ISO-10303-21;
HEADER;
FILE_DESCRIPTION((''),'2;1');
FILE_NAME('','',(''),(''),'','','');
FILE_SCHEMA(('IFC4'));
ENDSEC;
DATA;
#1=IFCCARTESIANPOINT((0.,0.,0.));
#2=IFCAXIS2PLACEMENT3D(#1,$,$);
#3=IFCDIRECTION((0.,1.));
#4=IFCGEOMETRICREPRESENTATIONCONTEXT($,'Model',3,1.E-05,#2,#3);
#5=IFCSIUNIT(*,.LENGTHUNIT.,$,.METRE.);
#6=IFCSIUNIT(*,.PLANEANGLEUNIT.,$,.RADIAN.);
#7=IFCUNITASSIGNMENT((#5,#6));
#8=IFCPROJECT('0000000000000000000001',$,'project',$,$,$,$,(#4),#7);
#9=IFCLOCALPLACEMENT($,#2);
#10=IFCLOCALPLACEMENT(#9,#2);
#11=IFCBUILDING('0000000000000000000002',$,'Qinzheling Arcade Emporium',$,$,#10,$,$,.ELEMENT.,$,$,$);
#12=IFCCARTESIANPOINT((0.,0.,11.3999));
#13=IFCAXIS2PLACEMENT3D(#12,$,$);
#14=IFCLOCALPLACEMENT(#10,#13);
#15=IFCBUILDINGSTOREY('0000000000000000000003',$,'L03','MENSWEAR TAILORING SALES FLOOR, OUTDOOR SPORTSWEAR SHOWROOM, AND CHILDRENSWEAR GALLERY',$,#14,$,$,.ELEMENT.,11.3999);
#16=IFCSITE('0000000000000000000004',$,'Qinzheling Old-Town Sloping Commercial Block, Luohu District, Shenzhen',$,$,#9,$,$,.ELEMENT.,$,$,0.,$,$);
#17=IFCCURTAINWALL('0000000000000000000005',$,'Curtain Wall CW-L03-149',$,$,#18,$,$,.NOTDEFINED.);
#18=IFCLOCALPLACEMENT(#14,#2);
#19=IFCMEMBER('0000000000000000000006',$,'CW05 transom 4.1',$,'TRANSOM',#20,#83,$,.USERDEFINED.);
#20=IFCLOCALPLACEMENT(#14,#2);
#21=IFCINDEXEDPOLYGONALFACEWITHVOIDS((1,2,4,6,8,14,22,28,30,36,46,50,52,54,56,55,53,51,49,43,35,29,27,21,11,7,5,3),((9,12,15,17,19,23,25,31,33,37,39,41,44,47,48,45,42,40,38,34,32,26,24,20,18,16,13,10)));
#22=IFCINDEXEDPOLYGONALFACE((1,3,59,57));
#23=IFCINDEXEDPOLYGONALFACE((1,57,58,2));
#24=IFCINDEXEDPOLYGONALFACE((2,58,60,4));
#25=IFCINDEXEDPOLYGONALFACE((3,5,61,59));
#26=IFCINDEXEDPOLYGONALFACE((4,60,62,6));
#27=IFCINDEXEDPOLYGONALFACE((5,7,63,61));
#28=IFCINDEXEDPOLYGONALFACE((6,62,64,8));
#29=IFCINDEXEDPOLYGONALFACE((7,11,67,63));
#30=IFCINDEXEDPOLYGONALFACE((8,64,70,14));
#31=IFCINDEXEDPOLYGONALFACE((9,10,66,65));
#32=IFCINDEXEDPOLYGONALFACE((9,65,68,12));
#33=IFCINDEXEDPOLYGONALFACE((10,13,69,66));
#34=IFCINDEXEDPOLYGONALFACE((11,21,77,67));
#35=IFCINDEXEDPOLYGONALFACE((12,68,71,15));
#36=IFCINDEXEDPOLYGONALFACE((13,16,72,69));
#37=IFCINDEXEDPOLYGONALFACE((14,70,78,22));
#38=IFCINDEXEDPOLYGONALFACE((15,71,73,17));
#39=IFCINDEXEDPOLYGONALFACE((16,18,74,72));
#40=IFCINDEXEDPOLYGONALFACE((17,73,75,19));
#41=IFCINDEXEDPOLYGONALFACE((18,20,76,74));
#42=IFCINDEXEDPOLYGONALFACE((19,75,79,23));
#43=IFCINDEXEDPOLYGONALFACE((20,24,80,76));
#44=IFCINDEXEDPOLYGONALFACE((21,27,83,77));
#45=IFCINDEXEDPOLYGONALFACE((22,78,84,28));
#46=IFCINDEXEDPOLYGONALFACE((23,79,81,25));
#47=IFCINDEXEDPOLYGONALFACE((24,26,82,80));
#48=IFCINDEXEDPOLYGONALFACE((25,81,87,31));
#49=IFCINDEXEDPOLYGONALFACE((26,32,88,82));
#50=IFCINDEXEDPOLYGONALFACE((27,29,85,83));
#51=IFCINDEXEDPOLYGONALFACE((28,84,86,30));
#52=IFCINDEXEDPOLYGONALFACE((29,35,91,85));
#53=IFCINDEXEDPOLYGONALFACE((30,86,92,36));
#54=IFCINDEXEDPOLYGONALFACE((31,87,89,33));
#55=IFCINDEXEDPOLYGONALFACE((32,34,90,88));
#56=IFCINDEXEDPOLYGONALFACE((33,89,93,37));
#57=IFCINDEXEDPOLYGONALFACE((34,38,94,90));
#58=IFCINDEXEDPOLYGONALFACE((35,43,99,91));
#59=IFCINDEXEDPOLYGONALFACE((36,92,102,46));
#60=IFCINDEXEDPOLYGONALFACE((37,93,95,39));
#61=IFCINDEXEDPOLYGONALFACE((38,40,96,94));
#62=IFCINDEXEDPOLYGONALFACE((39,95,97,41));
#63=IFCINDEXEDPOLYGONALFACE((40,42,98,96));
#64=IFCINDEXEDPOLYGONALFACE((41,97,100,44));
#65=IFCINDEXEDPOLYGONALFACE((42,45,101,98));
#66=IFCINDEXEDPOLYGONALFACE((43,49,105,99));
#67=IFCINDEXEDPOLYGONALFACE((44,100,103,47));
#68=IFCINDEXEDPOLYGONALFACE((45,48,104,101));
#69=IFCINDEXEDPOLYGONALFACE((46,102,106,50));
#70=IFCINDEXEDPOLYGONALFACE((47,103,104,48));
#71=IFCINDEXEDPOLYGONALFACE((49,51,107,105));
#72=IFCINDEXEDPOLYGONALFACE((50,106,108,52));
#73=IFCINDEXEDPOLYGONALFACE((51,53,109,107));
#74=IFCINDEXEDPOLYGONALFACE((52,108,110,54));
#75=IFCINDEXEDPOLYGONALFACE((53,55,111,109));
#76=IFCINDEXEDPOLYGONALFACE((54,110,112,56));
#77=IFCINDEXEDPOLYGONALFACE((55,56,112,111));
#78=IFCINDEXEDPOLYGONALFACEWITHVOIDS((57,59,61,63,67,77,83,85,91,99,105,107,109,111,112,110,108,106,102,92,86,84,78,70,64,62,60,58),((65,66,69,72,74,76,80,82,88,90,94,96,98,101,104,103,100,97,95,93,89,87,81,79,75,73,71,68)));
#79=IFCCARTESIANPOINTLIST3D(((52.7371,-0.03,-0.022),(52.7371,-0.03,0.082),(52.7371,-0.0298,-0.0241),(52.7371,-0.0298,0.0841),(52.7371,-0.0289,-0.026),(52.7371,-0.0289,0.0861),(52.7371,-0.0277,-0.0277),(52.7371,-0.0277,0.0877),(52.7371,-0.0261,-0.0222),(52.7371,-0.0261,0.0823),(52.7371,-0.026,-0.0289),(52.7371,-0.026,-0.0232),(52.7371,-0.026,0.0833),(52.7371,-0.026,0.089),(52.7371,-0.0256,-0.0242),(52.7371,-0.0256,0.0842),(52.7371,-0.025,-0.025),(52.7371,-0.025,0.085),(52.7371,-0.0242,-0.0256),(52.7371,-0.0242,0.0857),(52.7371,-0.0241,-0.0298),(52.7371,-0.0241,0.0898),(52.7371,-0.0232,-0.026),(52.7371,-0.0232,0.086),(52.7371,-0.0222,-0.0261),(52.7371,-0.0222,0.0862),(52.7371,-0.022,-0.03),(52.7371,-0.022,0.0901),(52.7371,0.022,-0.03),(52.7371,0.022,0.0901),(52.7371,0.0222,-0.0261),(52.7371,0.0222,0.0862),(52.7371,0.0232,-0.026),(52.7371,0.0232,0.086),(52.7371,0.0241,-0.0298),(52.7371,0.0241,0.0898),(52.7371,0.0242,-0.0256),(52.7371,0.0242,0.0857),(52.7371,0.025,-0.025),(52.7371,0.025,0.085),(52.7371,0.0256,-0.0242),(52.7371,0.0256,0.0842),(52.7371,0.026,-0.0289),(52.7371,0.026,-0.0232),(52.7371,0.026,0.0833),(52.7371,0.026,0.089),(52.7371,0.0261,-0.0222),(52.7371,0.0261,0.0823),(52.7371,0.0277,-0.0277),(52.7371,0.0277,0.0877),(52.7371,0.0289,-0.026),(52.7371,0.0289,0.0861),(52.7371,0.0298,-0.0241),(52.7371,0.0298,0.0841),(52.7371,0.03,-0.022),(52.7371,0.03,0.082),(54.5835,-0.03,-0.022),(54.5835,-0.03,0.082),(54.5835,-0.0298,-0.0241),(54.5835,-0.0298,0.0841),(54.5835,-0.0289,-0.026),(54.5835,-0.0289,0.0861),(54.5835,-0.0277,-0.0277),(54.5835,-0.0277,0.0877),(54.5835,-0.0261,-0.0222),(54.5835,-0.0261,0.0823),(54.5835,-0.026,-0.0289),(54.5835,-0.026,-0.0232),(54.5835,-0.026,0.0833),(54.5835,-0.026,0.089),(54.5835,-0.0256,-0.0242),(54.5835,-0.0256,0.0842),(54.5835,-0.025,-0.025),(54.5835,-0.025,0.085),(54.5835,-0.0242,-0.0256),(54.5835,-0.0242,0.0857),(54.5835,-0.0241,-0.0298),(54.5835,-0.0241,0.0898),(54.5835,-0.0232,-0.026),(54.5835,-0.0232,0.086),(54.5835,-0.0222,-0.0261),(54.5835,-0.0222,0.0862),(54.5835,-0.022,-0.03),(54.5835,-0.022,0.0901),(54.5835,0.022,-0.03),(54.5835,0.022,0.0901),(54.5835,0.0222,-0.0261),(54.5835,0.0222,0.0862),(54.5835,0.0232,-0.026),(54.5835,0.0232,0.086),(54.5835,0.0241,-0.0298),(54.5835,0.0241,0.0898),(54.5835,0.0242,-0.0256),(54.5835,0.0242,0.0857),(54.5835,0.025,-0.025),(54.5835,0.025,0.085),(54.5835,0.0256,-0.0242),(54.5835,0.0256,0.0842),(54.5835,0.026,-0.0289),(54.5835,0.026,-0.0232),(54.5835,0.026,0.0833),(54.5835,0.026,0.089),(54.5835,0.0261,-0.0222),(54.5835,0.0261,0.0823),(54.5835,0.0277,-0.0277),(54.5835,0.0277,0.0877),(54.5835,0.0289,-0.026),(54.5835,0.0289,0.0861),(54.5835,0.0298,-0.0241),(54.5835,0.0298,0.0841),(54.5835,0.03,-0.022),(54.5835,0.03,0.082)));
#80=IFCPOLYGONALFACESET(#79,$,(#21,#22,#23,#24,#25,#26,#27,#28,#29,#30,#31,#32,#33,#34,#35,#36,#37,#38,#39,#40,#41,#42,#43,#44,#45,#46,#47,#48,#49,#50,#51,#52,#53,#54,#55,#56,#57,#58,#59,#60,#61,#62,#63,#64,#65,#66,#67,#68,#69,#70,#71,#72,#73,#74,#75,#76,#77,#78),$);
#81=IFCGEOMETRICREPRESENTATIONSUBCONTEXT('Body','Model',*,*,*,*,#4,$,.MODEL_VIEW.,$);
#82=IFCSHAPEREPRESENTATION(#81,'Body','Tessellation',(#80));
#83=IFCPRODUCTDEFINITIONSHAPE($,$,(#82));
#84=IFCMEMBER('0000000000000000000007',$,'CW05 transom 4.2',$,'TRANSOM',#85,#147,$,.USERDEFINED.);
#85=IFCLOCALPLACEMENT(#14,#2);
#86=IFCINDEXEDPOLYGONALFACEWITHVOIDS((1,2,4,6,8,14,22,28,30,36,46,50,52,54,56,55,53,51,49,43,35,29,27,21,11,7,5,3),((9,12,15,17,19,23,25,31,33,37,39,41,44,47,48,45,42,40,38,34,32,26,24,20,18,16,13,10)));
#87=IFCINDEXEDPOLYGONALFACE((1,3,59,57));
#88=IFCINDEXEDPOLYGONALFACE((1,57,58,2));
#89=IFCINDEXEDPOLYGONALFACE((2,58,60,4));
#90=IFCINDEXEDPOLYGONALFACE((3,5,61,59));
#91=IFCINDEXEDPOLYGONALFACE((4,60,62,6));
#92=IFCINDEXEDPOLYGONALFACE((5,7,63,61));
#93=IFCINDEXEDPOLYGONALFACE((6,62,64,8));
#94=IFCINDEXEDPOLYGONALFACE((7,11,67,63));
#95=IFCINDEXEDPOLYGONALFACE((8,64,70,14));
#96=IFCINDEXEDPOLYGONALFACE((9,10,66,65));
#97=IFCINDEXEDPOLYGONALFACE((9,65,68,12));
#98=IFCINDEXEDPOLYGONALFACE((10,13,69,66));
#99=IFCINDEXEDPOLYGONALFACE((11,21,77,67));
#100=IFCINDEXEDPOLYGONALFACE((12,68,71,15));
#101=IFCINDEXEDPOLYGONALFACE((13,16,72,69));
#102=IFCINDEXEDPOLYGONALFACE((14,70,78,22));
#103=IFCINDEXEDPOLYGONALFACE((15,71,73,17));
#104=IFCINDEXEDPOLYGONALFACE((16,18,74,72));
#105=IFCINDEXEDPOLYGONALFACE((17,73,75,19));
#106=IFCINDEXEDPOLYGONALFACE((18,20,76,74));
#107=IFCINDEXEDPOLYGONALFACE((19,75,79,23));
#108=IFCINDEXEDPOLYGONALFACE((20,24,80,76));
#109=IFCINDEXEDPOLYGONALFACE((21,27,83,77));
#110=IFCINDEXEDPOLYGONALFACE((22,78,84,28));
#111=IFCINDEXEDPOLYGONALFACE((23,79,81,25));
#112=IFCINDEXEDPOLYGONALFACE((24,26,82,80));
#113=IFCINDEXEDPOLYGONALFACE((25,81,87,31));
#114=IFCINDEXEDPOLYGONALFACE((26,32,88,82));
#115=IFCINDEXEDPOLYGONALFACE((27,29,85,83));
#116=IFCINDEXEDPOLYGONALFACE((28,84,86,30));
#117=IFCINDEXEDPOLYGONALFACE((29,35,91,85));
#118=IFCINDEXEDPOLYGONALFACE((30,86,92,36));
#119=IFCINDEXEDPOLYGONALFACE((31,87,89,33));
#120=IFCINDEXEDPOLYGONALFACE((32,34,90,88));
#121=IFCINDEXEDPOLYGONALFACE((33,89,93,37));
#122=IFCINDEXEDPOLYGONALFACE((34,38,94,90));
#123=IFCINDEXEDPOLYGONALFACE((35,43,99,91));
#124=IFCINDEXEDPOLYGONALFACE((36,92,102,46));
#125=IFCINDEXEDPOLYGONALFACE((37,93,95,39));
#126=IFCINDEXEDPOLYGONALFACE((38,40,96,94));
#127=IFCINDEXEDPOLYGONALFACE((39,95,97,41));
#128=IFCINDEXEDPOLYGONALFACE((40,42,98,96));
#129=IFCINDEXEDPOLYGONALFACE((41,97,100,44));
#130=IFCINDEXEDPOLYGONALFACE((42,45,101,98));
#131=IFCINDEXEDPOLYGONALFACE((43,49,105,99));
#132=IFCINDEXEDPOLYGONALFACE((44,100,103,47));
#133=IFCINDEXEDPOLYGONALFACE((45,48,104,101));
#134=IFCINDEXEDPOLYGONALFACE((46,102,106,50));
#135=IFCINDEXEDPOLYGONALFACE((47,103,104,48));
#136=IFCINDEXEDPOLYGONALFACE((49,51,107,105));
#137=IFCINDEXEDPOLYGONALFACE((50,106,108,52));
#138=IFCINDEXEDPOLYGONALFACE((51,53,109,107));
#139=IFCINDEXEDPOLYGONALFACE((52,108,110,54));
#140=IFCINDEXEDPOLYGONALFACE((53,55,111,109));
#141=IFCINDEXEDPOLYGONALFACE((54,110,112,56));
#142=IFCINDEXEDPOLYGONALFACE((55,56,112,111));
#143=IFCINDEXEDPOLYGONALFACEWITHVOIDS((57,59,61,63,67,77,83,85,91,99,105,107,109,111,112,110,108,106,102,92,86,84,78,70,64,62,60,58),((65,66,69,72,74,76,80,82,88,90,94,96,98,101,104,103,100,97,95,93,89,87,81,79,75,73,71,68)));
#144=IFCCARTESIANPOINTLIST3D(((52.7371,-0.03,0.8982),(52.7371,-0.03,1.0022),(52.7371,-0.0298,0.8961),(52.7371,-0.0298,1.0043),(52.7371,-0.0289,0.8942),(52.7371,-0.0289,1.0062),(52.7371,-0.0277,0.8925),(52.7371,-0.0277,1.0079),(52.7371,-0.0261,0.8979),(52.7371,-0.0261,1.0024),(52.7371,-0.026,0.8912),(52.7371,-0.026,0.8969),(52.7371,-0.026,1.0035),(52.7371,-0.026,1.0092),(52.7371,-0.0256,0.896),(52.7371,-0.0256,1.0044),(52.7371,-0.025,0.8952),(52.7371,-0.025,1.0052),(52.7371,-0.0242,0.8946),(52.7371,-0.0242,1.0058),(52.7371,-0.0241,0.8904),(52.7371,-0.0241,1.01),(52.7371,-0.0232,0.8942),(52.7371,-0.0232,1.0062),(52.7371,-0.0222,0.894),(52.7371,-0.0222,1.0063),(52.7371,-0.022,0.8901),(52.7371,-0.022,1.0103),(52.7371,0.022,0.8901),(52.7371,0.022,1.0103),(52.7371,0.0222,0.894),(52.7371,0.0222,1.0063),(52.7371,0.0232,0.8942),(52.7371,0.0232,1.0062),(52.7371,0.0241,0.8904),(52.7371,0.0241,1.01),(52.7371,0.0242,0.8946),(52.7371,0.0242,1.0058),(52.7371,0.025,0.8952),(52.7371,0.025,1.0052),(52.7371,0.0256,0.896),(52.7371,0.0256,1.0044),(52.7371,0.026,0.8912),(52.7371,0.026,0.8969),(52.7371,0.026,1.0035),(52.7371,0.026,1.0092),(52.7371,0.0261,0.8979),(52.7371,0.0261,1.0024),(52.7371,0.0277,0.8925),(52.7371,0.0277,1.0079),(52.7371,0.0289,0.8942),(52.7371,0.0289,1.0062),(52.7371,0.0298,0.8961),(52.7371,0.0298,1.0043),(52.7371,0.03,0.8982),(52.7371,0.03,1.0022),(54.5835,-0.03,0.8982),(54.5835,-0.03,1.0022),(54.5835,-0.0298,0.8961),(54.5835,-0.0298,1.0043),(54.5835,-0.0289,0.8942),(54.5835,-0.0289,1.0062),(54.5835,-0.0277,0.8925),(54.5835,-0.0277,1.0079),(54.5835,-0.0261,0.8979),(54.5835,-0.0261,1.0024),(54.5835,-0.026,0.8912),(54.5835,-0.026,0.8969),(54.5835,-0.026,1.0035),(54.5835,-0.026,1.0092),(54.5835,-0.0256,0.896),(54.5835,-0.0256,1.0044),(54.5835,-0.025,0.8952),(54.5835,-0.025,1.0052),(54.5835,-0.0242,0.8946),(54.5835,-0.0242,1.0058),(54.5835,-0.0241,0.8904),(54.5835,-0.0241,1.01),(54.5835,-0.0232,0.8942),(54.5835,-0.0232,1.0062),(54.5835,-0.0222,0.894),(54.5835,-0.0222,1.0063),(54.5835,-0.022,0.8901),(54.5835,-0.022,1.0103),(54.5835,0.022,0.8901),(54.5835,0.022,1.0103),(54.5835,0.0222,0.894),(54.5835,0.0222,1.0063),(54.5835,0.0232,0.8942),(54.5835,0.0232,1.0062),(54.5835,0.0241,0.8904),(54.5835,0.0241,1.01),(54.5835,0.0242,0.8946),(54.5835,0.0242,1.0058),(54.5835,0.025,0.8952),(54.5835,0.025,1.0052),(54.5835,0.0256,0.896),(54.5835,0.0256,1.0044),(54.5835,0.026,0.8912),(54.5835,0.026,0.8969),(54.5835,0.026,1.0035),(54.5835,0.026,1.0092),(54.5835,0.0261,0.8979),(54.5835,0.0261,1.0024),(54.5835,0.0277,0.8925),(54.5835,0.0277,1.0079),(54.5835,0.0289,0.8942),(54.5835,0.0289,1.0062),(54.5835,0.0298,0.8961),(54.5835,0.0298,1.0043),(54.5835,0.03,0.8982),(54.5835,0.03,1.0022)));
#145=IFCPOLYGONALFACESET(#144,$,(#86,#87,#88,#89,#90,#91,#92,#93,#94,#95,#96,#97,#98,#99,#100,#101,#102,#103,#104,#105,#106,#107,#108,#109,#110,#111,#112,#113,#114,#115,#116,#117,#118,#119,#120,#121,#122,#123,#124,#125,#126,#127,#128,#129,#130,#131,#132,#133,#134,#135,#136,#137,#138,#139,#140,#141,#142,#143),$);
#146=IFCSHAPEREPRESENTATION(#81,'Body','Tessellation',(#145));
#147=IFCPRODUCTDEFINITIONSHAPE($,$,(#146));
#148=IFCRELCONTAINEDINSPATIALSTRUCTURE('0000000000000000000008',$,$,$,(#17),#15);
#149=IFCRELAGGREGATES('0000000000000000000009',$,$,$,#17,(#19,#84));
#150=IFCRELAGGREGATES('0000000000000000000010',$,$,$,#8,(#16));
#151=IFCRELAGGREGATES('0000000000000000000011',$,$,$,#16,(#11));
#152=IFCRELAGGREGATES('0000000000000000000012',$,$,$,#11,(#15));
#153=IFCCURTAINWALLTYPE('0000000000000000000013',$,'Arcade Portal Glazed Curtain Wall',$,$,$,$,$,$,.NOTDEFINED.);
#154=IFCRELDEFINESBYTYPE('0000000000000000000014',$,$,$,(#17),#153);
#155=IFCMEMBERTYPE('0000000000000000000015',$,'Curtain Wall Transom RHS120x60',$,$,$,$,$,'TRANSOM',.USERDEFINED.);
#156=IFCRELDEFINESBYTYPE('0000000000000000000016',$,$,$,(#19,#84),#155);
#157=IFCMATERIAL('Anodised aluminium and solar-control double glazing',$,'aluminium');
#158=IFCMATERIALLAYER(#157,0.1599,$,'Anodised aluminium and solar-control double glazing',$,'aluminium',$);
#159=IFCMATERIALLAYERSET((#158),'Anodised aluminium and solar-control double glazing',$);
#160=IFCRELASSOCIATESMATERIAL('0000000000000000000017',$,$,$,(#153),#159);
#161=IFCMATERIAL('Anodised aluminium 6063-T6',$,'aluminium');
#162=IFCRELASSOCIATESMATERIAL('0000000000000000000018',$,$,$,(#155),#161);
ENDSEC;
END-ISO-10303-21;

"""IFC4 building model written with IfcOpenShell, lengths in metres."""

from ifc_helpers import new_model, si_unit, direction, frame, origin, origin_2d, place, context, subcontext, project, spatial, hollow_rectangle, extrude, material, layer, layer_set, material_profile, profile_set, type_object, element, aggregate, save


model = new_model("IFC4")

# Units and contexts
model_context = context("Model", 3, precision=1e-05, world=origin(), true_north=direction((0.0, 1.0)))
body_context = subcontext(model_context, "Body", "Model", "MODEL_VIEW")
ifc_project = project(units=[si_unit("LENGTHUNIT", "METRE"), si_unit("PLANEANGLEUNIT", "RADIAN")], contexts=[model_context])

# Site, building, storey
site_placement = place(None, origin())
site = spatial("IfcSite", under=ifc_project, at=site_placement, Name="Qinzheling Old-Town Sloping Commercial Block, Luohu District, Shenzhen", CompositionType="ELEMENT", RefElevation=0.0)
building_placement = place(site_placement, origin())
building = spatial("IfcBuilding", under=site, at=building_placement, Name="Qinzheling Arcade Emporium", CompositionType="ELEMENT")
storey_placement = place(building_placement, frame((0.0, 0.0, 11.3999)))
storey = spatial("IfcBuildingStorey", under=building, at=storey_placement, Name="L03", Description="MENSWEAR TAILORING SALES FLOOR, OUTDOOR SPORTSWEAR SHOWROOM, AND CHILDRENSWEAR GALLERY", CompositionType="ELEMENT", Elevation=11.3999)

# Curtain wall
ifc_material_1 = material(Name="Anodised aluminium and solar-control double glazing", Category="aluminium")
ifc_layer_1 = layer(ifc_material_1, 0.1599, Name="Anodised aluminium and solar-control double glazing", Category="aluminium")
ifc_layer_set_1 = layer_set([ifc_layer_1], Name="Anodised aluminium and solar-control double glazing")
curtain_wall_type = type_object("IfcCurtainWallType", Name="Arcade Portal Glazed Curtain Wall", PredefinedType="NOTDEFINED", material=ifc_layer_set_1)
curtain_wall_1_placement = place(storey_placement, origin())
curtain_wall_1 = element("IfcCurtainWall", 1, at=curtain_wall_1_placement, inside=storey, type_object=curtain_wall_type, Name="Curtain Wall CW-L03-149", PredefinedType="NOTDEFINED")
ifc_material_2 = material(Name="Anodised aluminium 6063-T6", Category="aluminium")

# Members
ifc_material_profile_1 = material_profile(ifc_material_2, hollow_rectangle(XDim=0.0601, YDim=0.1201, WallThickness=0.0039, InnerFilletRadius=0.0039, OuterFilletRadius=0.0081, at=origin_2d()), Name="RHS 120x60x4", Category="aluminium")
ifc_profile_set_1 = profile_set([ifc_material_profile_1], Name="Anodised aluminium 6063-T6")
member_type_1 = type_object("IfcMemberType", Name="Curtain Wall Transom RHS120x60", ElementType="TRANSOM", PredefinedType="USERDEFINED", material=ifc_profile_set_1)
member_1_placement = place(storey_placement, frame((54.5835, 0.0, 0.03), z_axis=(-1.0, 0.0, 0.0), x_axis=(0.0, -1.0, 0.0)))
member_1 = element("IfcMember", 2, at=member_1_placement, type_object=member_type_1, Name="CW05 transom 4.1", ObjectType="TRANSOM", PredefinedType="USERDEFINED", context=body_context, shape_type="SweptSolid", body=[
    extrude(hollow_rectangle(XDim=0.0601, YDim=0.1201, WallThickness=0.0039, InnerFilletRadius=0.0039, OuterFilletRadius=0.0081, at=origin_2d()), origin(), (0.0, 0.0, 1.0), 1.8464),
])
member_2_placement = place(storey_placement, frame((54.5835, 0.0, 0.9502), z_axis=(-1.0, 0.0, 0.0), x_axis=(0.0, -1.0, 0.0)))
member_2 = element("IfcMember", 3, at=member_2_placement, type_object=member_type_1, Name="CW05 transom 4.2", ObjectType="TRANSOM", PredefinedType="USERDEFINED", context=body_context, shape_type="SweptSolid", body=[
    extrude(hollow_rectangle(XDim=0.0601, YDim=0.1201, WallThickness=0.0039, InnerFilletRadius=0.0039, OuterFilletRadius=0.0081, at=origin_2d()), origin(), (0.0, 0.0, 1.0), 1.8464),
])

aggregate(curtain_wall_1, [member_1, member_2])

save(model, "model.ifc")
